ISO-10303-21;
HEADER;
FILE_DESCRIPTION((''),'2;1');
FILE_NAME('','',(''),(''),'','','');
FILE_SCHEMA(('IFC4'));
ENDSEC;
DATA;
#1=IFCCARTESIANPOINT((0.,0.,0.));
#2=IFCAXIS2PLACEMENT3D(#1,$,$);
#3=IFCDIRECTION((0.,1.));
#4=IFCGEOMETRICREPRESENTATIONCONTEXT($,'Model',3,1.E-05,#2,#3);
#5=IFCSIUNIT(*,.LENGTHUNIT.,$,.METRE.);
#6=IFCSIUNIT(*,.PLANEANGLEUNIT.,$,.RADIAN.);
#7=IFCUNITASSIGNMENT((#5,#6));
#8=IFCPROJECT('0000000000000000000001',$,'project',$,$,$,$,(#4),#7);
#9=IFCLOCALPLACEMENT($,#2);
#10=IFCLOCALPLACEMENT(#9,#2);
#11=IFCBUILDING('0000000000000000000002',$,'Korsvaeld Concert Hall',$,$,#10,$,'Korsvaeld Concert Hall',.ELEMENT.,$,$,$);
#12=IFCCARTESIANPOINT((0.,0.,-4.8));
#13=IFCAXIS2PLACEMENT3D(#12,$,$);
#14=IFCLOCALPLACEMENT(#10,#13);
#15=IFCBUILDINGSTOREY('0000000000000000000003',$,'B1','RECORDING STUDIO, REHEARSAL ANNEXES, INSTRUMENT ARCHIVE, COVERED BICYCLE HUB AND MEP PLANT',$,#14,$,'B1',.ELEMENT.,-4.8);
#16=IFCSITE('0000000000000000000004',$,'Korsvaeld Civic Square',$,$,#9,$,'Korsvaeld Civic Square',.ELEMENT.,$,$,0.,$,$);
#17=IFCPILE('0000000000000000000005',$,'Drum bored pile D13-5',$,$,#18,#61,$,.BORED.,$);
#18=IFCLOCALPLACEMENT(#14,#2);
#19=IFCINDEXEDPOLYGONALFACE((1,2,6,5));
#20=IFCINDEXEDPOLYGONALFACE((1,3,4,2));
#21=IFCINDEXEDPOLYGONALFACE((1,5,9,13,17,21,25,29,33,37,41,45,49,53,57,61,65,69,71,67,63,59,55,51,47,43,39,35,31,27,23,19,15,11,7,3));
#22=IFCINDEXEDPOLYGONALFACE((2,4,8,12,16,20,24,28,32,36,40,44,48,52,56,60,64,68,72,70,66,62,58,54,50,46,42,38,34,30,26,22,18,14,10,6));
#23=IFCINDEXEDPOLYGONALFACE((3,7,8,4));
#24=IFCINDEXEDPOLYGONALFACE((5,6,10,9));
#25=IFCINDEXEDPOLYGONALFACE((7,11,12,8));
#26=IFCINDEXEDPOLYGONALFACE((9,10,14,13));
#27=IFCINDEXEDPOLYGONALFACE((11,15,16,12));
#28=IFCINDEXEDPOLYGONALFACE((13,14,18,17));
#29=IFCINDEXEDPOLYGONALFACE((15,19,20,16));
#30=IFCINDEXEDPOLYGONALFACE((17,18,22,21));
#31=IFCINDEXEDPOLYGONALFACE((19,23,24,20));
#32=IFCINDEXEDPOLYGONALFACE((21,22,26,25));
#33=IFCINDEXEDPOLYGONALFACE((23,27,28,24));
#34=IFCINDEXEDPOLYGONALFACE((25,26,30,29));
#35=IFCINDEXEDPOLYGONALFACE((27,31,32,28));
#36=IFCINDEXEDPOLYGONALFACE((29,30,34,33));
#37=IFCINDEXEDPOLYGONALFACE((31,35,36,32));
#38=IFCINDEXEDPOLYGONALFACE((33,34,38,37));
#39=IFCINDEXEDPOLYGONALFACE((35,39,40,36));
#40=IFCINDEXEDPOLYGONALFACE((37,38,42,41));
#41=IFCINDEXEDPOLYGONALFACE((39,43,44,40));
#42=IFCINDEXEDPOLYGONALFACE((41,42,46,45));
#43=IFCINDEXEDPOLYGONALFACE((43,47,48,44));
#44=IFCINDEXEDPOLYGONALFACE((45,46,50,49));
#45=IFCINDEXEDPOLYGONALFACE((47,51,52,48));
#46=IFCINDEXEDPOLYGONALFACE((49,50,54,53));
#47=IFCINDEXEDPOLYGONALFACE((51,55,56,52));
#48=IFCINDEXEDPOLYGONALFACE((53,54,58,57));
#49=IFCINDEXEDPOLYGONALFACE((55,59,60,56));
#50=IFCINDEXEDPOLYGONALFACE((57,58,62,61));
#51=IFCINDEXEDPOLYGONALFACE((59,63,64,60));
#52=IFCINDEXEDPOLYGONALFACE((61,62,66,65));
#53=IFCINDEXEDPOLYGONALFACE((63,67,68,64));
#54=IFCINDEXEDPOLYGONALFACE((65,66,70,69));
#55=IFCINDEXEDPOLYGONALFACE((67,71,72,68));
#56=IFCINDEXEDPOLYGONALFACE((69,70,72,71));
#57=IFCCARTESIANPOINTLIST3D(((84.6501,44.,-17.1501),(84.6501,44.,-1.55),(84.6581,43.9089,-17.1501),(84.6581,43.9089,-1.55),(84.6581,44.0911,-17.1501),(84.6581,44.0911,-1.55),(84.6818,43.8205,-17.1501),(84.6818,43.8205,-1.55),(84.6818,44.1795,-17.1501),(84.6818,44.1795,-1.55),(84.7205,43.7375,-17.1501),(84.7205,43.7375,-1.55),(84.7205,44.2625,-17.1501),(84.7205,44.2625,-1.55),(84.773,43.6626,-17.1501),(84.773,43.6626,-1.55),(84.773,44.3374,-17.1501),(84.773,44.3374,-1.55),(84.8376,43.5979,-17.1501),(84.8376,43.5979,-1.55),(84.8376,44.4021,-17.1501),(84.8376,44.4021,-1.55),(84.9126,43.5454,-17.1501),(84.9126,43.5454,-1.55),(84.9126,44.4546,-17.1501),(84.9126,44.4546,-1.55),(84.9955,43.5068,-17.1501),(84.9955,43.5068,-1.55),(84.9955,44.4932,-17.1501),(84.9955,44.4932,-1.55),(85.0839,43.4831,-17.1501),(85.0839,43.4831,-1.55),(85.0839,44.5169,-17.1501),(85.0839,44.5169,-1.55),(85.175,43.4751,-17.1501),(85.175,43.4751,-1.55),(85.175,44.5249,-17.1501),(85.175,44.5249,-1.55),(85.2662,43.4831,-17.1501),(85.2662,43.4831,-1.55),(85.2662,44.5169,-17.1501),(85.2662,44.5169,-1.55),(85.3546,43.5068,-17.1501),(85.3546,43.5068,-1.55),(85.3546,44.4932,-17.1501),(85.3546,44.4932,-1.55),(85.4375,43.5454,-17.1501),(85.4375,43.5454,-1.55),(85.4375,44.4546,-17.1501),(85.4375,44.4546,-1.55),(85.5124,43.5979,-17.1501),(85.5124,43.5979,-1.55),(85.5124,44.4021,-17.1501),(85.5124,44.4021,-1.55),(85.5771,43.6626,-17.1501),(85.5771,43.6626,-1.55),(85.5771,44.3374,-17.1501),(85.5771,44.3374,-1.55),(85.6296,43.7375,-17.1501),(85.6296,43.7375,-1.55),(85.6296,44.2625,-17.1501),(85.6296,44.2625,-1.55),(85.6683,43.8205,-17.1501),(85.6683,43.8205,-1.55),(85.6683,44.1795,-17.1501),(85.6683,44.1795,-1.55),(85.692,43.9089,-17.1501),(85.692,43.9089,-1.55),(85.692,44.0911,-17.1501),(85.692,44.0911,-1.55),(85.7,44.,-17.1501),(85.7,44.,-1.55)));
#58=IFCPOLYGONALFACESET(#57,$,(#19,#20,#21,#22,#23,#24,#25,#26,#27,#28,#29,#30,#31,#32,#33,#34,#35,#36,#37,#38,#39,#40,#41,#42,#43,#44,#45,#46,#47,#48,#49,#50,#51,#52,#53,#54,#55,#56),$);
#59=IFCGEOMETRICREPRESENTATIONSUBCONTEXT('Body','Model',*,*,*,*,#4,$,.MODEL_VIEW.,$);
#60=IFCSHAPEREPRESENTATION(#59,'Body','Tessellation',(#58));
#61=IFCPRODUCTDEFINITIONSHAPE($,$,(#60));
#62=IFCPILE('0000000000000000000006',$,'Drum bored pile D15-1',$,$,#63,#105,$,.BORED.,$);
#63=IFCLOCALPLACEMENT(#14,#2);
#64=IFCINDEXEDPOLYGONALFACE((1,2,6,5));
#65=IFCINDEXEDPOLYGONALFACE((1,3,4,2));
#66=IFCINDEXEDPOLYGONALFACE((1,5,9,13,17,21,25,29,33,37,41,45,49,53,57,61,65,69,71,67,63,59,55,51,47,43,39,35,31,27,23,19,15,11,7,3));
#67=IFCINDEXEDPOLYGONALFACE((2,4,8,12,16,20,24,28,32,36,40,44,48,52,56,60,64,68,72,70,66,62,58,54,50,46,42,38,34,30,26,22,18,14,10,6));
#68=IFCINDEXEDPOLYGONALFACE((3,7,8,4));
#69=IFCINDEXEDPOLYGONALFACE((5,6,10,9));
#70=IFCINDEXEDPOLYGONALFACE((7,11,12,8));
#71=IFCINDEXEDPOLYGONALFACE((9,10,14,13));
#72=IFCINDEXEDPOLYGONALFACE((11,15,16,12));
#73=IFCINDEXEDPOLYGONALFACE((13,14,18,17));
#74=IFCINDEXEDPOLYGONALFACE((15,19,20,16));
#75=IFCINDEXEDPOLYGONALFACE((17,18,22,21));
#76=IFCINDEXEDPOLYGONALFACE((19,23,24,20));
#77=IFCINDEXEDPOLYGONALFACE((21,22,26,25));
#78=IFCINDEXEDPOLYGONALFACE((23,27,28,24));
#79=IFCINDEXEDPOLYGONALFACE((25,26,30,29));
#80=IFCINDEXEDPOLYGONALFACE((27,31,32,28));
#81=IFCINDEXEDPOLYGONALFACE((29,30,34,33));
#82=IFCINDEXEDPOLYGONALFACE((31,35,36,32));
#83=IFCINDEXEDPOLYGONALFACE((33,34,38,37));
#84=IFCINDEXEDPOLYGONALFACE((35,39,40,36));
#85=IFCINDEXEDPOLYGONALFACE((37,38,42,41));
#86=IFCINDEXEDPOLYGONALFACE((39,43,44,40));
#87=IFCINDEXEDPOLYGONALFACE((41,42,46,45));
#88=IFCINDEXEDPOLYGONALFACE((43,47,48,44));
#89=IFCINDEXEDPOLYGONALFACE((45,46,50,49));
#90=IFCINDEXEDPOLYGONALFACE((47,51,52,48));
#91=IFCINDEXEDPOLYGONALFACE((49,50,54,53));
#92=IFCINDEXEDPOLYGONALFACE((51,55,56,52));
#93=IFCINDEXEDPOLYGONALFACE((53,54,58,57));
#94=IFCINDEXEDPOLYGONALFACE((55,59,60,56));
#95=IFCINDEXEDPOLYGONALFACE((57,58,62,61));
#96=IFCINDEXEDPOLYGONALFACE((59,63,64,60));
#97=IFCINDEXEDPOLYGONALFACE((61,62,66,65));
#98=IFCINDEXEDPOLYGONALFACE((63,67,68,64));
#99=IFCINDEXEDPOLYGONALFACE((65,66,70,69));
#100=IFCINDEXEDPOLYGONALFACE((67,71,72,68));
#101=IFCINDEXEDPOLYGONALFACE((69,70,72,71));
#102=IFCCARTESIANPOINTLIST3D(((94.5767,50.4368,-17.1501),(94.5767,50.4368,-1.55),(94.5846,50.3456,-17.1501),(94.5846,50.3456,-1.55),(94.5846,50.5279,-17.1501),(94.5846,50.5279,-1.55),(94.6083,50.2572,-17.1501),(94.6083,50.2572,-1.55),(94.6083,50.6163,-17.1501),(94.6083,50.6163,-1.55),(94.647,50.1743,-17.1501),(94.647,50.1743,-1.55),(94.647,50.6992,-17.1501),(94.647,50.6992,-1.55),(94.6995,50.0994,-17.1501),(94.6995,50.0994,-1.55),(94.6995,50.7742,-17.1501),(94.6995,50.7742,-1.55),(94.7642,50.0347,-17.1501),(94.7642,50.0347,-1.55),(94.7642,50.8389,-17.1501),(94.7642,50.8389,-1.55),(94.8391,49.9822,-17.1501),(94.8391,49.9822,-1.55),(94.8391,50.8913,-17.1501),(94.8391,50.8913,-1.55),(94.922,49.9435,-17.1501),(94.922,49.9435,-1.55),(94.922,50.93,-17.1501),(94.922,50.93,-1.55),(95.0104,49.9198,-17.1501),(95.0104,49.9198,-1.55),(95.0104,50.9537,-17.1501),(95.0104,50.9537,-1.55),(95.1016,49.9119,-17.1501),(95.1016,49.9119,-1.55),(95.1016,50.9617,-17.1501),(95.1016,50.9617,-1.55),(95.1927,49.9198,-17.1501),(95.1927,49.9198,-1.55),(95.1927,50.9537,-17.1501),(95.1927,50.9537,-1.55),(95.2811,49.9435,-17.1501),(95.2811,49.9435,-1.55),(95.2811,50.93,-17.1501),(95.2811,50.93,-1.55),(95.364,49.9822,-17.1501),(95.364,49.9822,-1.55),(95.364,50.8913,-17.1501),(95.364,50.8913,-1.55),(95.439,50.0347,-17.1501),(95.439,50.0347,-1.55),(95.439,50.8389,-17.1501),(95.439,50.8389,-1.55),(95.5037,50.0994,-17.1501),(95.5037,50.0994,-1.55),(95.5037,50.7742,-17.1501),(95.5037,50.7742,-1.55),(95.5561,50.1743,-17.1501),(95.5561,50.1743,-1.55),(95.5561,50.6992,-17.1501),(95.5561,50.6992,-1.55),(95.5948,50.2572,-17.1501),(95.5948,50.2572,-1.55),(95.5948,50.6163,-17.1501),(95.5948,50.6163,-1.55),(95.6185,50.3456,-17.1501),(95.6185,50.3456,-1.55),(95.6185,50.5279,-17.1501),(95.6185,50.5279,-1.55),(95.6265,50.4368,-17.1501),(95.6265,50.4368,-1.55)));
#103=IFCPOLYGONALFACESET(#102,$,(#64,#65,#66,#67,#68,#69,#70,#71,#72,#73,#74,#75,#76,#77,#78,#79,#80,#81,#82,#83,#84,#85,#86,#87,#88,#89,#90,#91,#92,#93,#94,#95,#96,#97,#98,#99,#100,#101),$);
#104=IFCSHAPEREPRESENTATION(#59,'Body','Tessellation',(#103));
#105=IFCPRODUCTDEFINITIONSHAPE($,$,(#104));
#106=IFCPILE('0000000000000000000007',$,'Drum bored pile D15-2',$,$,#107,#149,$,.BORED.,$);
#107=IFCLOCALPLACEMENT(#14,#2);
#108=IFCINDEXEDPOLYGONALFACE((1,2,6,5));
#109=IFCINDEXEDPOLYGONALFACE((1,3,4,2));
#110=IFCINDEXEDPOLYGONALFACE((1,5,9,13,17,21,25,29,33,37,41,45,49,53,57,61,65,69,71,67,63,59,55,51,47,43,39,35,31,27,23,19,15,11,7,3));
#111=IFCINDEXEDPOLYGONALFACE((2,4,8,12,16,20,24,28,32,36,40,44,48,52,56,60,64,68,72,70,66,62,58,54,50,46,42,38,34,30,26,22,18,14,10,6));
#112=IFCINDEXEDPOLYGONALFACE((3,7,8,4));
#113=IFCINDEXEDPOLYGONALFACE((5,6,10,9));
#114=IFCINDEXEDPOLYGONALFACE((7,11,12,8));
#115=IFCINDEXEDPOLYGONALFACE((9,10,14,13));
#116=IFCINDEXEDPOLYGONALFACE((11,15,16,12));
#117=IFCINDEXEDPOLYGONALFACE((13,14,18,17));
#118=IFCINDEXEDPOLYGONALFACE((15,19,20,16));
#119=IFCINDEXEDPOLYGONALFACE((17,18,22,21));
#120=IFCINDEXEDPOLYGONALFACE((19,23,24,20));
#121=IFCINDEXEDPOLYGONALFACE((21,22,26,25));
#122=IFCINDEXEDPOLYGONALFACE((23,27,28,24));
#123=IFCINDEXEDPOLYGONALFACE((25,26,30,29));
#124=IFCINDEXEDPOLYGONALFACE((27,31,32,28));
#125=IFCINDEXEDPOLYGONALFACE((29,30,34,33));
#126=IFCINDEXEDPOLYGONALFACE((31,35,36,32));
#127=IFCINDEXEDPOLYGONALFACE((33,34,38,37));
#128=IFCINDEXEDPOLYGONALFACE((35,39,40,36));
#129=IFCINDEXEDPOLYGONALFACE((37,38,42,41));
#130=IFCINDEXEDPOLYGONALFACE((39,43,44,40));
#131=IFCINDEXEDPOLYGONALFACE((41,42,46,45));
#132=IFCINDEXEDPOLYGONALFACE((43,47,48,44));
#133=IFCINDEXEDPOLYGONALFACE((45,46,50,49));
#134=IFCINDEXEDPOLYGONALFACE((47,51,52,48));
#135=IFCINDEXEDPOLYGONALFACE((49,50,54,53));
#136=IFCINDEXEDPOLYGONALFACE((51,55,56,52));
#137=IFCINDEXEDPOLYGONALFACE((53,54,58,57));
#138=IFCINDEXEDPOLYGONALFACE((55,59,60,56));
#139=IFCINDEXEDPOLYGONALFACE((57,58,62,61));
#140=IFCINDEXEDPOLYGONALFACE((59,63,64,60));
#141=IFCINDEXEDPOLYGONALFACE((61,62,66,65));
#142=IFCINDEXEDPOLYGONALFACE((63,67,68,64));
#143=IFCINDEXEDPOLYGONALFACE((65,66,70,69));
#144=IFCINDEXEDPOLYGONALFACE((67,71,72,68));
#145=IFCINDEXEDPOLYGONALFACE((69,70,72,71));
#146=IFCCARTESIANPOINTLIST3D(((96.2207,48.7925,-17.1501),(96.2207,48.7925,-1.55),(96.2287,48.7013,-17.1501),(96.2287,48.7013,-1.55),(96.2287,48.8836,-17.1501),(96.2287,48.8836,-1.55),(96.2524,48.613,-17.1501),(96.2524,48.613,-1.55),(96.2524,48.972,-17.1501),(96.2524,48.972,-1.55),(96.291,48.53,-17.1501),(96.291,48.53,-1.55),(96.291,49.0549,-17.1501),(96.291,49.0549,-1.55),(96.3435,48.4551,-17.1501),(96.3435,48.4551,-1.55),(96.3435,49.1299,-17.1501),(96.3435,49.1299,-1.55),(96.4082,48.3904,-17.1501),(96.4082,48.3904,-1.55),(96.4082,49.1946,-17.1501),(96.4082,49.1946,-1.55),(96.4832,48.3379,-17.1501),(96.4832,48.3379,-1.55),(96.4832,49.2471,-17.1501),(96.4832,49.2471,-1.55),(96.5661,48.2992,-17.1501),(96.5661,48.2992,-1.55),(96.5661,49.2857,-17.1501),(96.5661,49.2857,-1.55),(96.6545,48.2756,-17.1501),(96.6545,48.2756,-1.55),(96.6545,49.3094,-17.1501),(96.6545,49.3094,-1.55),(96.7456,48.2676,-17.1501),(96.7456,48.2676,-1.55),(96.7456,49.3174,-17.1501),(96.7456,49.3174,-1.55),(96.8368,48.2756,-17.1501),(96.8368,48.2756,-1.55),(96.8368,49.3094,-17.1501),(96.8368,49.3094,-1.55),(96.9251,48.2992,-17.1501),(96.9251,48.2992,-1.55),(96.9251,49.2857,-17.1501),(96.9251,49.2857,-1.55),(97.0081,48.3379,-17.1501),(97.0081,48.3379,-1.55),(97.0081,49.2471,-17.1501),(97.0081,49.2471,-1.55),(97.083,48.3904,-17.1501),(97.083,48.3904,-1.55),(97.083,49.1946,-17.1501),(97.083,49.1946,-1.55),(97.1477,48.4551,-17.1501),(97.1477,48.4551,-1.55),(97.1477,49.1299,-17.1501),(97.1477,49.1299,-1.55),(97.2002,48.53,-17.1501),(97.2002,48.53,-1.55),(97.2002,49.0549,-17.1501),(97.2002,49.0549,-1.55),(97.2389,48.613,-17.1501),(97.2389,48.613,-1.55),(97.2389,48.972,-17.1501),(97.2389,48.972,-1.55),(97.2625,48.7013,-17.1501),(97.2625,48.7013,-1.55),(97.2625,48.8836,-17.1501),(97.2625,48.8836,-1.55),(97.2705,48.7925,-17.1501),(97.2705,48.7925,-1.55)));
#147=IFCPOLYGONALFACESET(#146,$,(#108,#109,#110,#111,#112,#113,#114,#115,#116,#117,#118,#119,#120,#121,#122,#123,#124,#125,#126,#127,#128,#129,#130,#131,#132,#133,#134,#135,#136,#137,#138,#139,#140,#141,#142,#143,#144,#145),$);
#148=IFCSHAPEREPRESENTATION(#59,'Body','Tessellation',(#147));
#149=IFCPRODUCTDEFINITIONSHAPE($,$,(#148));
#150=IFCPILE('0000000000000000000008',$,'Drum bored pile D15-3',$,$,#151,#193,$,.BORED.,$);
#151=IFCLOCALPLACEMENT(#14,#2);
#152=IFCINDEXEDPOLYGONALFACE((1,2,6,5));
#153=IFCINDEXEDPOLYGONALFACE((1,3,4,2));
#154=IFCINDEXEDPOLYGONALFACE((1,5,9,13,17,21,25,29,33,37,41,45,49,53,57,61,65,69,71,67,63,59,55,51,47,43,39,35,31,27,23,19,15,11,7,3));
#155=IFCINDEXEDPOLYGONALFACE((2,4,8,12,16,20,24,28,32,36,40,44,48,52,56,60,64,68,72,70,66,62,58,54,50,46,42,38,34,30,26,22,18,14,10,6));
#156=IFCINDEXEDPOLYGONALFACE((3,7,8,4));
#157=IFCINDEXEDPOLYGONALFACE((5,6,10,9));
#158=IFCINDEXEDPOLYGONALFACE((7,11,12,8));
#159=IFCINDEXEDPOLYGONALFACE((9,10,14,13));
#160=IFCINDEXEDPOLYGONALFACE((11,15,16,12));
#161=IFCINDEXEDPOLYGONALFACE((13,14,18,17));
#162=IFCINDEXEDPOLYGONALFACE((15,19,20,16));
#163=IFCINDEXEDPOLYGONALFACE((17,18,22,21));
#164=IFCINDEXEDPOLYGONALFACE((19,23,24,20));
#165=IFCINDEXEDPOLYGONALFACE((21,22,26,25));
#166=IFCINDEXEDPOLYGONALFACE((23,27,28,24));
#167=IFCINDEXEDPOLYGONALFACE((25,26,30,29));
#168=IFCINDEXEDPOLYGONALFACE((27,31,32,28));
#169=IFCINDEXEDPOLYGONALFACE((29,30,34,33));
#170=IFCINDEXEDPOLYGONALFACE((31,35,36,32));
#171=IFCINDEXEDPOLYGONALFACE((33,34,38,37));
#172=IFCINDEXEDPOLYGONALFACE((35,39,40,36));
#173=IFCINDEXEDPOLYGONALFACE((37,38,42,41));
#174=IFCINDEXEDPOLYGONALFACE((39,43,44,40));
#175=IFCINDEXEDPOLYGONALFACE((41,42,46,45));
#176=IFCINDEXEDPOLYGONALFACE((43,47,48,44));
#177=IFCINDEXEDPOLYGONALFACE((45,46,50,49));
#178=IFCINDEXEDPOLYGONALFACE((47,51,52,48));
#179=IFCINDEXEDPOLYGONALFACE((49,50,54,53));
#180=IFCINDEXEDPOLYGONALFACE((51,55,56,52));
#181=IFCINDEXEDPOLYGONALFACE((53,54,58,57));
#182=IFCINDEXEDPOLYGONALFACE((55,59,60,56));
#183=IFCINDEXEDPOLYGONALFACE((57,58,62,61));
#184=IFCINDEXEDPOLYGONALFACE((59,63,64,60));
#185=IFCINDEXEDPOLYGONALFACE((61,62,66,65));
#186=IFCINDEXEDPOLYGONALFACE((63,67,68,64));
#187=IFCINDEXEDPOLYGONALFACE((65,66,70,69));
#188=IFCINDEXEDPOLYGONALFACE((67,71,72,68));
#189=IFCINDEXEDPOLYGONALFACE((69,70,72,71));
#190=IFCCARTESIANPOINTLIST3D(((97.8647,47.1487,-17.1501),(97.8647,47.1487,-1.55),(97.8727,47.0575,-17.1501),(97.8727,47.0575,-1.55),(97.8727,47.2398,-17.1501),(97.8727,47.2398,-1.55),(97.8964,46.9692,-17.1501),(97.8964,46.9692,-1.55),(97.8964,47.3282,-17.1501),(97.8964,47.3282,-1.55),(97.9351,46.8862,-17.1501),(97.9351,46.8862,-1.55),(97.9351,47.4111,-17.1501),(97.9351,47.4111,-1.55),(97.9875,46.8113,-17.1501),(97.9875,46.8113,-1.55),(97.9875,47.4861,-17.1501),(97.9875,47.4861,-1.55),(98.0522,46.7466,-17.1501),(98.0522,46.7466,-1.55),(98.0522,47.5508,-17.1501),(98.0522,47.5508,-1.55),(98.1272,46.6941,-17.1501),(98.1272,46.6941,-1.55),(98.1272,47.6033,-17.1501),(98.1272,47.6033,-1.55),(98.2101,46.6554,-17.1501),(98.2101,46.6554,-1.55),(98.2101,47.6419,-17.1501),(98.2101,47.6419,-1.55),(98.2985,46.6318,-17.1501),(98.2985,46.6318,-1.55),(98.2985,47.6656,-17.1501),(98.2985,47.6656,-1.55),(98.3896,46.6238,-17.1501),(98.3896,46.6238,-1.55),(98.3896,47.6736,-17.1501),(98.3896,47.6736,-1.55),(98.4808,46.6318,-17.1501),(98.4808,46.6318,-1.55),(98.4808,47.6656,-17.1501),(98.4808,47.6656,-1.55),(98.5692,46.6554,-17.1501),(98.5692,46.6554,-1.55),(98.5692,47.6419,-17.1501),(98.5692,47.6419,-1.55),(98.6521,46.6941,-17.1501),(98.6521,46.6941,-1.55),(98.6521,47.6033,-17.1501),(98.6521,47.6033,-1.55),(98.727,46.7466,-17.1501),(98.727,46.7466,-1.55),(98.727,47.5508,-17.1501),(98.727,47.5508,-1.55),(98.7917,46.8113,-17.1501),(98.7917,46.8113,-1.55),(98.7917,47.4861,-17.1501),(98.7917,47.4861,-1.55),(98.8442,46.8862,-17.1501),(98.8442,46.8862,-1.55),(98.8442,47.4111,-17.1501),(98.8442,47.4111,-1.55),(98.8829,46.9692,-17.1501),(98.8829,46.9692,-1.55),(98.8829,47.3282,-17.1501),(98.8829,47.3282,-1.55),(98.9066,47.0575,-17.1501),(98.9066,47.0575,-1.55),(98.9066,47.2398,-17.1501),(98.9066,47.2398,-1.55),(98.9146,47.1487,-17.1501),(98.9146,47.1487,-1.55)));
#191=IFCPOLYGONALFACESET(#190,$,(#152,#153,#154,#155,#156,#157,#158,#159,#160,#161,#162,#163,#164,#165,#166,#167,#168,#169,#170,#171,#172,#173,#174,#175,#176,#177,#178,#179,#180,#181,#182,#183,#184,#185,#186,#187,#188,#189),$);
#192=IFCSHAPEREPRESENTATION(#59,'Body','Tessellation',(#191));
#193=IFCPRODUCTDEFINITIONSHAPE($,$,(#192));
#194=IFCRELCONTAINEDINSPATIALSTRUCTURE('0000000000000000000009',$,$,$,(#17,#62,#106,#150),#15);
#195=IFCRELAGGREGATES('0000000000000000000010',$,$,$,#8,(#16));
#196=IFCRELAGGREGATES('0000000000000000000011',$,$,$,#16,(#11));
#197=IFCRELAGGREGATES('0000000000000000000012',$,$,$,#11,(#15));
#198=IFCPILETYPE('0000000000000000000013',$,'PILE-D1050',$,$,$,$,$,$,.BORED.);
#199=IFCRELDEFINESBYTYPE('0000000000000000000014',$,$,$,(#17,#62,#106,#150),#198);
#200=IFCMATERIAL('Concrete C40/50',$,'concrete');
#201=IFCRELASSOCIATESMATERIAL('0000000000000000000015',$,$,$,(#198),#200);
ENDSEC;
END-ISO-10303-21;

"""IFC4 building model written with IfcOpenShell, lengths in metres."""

from ifc_helpers import new_model, si_unit, direction, frame, origin, origin_2d, place, context, subcontext, project, spatial, circle, extrude, material, material_profile, profile_set, type_object, element, save


model = new_model("IFC4")

# Units and contexts
model_context = context("Model", 3, precision=1e-05, world=origin(), true_north=direction((0.0, 1.0)))
body_context = subcontext(model_context, "Body", "Model", "MODEL_VIEW")
ifc_project = project(units=[si_unit("LENGTHUNIT", "METRE"), si_unit("PLANEANGLEUNIT", "RADIAN")], contexts=[model_context])

# Site, building, storey
site_placement = place(None, origin())
site = spatial("IfcSite", under=ifc_project, at=site_placement, Name="Korsvaeld Civic Square", LongName="Korsvaeld Civic Square", CompositionType="ELEMENT", RefElevation=0.0)
building_placement = place(site_placement, origin())
building = spatial("IfcBuilding", under=site, at=building_placement, Name="Korsvaeld Concert Hall", LongName="Korsvaeld Concert Hall", CompositionType="ELEMENT")
storey_placement = place(building_placement, frame((0.0, 0.0, -4.8)))
storey = spatial("IfcBuildingStorey", under=building, at=storey_placement, Name="B1", Description="RECORDING STUDIO, REHEARSAL ANNEXES, INSTRUMENT ARCHIVE, COVERED BICYCLE HUB AND MEP PLANT", LongName="B1", CompositionType="ELEMENT", Elevation=-4.8)

# Piles
ifc_material_1 = material(Name="Concrete C40/50", Category="concrete")
ifc_material_profile_1 = material_profile(ifc_material_1, circle(Radius=0.5249, at=origin_2d()), Name="BORED PILE D1050")
ifc_profile_set_1 = profile_set([ifc_material_profile_1], Name="Concrete C40/50")
pile_type_1 = type_object("IfcPileType", Name="PILE-D1050", PredefinedType="BORED", material=ifc_profile_set_1)
for number, where, z_axis, x_axis, name in (
    (1, (85.175, 44.0, -1.55), (0.0, 0.0, -1.0), (1.0, 0.0, 0.0), "Drum bored pile D13-5"),
    (2, (95.1016, 50.4368, -1.55), (0.0, 0.0, -1.0), (1.0, 0.0, 0.0), "Drum bored pile D15-1"),
    (3, (96.7456, 48.7925, -1.55), (0.0, 0.0, -1.0), (1.0, 0.0, 0.0), "Drum bored pile D15-2"),
    (4, (98.3896, 47.1487, -1.55), (0.0, 0.0, -1.0), (1.0, 0.0, 0.0), "Drum bored pile D15-3"),
):
    element("IfcPile", number, at=place(storey_placement, frame(where, z_axis=z_axis, x_axis=x_axis)), inside=storey, type_object=pile_type_1, Name=name, PredefinedType="BORED", context=body_context, shape_type="SweptSolid", body=[
        extrude(circle(Radius=0.5249, at=origin_2d()), origin(), (0.0, 0.0, 1.0), 15.6001),
    ])

save(model, "model.ifc")
